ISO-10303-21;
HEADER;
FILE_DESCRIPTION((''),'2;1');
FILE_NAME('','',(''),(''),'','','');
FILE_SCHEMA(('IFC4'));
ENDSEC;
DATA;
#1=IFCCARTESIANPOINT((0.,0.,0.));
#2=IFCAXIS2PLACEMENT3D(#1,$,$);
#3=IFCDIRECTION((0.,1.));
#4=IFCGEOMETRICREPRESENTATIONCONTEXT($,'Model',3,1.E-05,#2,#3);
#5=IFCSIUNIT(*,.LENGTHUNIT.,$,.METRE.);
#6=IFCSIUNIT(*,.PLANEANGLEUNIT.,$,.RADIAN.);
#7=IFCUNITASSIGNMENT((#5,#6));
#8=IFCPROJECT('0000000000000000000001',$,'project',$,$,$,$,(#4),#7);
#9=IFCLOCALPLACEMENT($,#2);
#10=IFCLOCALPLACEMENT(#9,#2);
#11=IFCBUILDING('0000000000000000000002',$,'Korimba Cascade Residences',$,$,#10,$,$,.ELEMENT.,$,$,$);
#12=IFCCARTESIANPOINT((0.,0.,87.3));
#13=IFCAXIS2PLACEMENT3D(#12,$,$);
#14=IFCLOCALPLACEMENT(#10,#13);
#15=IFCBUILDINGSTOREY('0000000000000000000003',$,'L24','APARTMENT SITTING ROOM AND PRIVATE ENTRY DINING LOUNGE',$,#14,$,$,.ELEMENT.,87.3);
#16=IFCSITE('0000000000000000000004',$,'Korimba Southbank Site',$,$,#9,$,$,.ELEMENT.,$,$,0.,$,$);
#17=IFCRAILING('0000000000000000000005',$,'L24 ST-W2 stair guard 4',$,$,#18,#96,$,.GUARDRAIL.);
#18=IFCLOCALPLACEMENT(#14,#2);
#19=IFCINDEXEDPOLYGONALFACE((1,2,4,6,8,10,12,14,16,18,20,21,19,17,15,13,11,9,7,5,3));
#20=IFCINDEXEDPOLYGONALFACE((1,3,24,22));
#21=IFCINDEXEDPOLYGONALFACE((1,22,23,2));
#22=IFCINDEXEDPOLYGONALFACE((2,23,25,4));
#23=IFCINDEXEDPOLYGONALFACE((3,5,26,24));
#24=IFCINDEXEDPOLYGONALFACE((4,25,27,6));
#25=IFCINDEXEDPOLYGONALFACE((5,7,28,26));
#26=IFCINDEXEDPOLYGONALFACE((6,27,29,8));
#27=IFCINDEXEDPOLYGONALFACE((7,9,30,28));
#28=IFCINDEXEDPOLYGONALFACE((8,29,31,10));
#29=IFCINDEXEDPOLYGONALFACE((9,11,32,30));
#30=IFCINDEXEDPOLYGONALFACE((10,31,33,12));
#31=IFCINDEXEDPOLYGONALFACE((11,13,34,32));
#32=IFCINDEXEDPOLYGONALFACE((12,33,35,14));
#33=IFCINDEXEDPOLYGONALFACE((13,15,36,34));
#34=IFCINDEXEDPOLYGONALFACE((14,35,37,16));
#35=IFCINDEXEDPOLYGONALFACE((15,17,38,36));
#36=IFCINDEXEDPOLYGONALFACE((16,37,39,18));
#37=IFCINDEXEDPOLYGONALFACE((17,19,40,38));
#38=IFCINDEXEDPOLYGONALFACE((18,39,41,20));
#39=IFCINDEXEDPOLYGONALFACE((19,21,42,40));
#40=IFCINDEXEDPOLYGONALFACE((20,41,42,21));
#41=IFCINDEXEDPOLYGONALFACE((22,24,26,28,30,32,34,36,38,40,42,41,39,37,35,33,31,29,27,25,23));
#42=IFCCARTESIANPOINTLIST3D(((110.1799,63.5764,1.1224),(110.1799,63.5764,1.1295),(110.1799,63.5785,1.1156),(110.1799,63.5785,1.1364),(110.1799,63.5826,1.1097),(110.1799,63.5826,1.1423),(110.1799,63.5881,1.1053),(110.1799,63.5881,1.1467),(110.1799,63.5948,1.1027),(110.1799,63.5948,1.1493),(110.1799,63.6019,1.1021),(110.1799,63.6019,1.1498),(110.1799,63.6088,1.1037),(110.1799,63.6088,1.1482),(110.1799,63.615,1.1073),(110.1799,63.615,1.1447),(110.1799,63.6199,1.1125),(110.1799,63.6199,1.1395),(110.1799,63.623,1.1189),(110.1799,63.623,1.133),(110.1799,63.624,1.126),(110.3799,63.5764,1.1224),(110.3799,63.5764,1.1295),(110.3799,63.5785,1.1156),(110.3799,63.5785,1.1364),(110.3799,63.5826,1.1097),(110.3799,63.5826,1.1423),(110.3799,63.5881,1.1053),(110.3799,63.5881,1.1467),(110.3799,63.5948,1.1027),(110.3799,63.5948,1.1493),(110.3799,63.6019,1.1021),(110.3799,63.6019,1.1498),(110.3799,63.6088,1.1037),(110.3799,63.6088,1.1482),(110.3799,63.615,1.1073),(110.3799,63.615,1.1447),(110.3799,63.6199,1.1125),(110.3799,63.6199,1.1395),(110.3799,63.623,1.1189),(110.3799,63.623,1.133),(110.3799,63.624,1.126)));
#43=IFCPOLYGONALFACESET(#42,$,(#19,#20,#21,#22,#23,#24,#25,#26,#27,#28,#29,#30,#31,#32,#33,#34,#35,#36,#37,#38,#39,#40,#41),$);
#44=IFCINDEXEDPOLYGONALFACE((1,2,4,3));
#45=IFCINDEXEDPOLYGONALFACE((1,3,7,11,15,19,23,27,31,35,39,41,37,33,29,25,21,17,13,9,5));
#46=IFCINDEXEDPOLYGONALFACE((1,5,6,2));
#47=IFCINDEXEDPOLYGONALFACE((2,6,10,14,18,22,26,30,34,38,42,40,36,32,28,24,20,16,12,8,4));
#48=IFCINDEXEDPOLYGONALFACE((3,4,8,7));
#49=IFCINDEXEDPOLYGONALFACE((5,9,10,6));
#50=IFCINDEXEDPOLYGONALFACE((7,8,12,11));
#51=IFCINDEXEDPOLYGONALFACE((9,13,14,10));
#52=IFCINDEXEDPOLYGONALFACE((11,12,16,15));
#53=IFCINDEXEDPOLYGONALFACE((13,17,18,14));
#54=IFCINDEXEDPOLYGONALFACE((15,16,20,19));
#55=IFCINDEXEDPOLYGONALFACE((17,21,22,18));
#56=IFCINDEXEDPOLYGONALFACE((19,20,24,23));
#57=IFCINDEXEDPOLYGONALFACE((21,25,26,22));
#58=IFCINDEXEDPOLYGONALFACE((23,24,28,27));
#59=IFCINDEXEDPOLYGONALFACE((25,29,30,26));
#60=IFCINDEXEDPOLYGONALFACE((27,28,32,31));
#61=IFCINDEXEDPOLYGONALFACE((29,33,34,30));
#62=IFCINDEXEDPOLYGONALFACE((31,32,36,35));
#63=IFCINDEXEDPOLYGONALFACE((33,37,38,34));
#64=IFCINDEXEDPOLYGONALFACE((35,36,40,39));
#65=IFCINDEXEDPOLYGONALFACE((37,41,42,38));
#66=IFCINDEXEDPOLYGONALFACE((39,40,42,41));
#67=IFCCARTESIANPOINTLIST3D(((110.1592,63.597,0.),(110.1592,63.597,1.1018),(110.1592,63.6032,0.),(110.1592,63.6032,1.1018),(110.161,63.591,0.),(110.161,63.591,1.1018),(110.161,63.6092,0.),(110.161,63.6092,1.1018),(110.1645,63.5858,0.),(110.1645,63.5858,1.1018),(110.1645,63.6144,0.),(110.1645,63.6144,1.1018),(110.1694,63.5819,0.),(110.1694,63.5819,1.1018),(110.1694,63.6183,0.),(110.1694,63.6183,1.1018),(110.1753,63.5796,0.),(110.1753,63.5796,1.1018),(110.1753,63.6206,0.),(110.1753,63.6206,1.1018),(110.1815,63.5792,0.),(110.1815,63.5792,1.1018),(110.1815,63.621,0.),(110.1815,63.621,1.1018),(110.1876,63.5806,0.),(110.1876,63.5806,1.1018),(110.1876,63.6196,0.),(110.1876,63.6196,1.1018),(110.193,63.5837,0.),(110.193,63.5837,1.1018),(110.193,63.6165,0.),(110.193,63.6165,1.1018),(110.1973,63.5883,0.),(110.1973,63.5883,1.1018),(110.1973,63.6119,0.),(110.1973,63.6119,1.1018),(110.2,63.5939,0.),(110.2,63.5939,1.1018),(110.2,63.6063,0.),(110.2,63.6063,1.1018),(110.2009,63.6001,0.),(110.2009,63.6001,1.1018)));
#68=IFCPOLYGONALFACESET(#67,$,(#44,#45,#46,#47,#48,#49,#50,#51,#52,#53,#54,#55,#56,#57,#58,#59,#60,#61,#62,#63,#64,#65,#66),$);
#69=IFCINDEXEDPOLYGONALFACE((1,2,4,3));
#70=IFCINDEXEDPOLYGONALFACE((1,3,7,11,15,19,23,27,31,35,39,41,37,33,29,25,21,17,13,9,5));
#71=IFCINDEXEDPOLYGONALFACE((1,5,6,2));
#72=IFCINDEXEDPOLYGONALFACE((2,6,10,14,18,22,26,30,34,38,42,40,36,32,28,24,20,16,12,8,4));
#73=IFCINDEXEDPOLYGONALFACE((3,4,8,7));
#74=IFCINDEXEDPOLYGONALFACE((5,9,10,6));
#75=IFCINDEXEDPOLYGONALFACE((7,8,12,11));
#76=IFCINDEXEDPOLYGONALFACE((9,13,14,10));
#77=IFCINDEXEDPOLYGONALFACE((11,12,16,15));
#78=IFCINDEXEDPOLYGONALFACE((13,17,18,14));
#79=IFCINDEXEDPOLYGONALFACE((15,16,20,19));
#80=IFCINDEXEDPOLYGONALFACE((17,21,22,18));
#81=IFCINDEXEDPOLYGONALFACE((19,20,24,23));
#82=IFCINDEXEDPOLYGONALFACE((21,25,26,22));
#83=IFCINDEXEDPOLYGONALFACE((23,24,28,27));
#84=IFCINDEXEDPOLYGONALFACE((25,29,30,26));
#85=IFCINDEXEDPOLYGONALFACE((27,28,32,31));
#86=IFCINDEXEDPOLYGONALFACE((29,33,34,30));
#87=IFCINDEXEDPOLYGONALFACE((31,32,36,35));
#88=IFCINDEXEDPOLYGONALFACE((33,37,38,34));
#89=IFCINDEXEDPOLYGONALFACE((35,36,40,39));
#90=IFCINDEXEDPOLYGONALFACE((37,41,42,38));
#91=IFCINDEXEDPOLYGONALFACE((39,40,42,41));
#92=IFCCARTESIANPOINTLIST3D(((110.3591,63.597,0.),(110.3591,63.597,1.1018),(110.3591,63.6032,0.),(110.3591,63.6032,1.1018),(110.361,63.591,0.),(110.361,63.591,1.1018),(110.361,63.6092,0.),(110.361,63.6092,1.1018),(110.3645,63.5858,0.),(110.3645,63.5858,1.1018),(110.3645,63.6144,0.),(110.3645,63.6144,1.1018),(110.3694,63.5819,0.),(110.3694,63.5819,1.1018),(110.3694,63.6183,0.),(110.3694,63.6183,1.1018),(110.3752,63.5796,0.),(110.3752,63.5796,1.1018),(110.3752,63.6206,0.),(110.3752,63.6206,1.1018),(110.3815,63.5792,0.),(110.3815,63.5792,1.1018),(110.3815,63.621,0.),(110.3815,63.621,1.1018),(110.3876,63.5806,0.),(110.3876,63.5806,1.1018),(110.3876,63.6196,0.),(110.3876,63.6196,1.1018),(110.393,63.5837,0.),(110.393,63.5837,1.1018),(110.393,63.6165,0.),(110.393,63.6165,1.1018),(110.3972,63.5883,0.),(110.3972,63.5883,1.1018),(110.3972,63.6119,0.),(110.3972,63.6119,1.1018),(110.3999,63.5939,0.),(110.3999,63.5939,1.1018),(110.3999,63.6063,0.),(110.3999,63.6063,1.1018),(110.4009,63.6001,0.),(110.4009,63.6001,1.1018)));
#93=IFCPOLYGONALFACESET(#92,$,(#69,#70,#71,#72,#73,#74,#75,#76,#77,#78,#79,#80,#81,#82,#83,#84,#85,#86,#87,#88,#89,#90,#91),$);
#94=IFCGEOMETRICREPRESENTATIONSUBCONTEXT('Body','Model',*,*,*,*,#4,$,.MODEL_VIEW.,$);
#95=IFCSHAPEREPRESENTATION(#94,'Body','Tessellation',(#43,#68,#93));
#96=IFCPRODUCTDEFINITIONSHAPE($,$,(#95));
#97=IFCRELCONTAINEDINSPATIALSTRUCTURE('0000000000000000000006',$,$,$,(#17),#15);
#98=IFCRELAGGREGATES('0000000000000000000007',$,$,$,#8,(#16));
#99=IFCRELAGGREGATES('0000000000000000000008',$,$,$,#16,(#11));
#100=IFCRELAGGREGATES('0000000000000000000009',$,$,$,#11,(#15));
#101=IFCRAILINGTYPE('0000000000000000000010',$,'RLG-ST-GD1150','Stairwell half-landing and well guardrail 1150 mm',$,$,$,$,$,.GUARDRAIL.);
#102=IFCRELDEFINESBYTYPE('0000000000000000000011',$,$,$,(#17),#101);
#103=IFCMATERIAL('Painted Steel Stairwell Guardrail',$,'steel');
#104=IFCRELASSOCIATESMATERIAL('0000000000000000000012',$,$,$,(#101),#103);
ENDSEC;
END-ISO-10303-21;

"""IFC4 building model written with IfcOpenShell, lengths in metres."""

from ifc_helpers import new_model, si_unit, direction, frame, origin, origin_2d, place, context, subcontext, project, spatial, circle, extrude, material, type_object, element, save


model = new_model("IFC4")

# Units and contexts
model_context = context("Model", 3, precision=1e-05, world=origin(), true_north=direction((0.0, 1.0)))
body_context = subcontext(model_context, "Body", "Model", "MODEL_VIEW")
ifc_project = project(units=[si_unit("LENGTHUNIT", "METRE"), si_unit("PLANEANGLEUNIT", "RADIAN")], contexts=[model_context])

# Site, building, storey
site_placement = place(None, origin())
site = spatial("IfcSite", under=ifc_project, at=site_placement, Name="Korimba Southbank Site", CompositionType="ELEMENT", RefElevation=0.0)
building_placement = place(site_placement, origin())
building = spatial("IfcBuilding", under=site, at=building_placement, Name="Korimba Cascade Residences", CompositionType="ELEMENT")
storey_placement = place(building_placement, frame((0.0, 0.0, 87.3)))
storey = spatial("IfcBuildingStorey", under=building, at=storey_placement, Name="L24", Description="APARTMENT SITTING ROOM AND PRIVATE ENTRY DINING LOUNGE", CompositionType="ELEMENT", Elevation=87.3)

# Railing
ifc_material_1 = material(Name="Painted Steel Stairwell Guardrail", Category="steel")
railing_type_1 = type_object("IfcRailingType", Name="RLG-ST-GD1150", Description="Stairwell half-landing and well guardrail 1150 mm", PredefinedType="GUARDRAIL", material=ifc_material_1)
railing_1_placement = place(storey_placement, frame((110.1799, 63.6001, 0.0)))
element("IfcRailing", 1, at=railing_1_placement, inside=storey, type_object=railing_type_1, Name="L24 ST-W2 stair guard 4", PredefinedType="GUARDRAIL", context=body_context, shape_type="SweptSolid", body=[
    extrude(circle(Radius=0.0239, at=origin_2d()), frame((0.0, 0.0, 1.126), z_axis=(1.0, 0.0, 0.0), x_axis=(0.0, 1.0, 0.0)), (0.0, 0.0, 1.0), 0.2),
    extrude(circle(Radius=0.021, at=origin_2d()), origin(), (0.0, 0.0, 1.0), 1.1018),
    extrude(circle(Radius=0.021, at=origin_2d()), frame((0.2, 0.0, 0.0)), (0.0, 0.0, 1.0), 1.1018),
])

save(model, "model.ifc")
